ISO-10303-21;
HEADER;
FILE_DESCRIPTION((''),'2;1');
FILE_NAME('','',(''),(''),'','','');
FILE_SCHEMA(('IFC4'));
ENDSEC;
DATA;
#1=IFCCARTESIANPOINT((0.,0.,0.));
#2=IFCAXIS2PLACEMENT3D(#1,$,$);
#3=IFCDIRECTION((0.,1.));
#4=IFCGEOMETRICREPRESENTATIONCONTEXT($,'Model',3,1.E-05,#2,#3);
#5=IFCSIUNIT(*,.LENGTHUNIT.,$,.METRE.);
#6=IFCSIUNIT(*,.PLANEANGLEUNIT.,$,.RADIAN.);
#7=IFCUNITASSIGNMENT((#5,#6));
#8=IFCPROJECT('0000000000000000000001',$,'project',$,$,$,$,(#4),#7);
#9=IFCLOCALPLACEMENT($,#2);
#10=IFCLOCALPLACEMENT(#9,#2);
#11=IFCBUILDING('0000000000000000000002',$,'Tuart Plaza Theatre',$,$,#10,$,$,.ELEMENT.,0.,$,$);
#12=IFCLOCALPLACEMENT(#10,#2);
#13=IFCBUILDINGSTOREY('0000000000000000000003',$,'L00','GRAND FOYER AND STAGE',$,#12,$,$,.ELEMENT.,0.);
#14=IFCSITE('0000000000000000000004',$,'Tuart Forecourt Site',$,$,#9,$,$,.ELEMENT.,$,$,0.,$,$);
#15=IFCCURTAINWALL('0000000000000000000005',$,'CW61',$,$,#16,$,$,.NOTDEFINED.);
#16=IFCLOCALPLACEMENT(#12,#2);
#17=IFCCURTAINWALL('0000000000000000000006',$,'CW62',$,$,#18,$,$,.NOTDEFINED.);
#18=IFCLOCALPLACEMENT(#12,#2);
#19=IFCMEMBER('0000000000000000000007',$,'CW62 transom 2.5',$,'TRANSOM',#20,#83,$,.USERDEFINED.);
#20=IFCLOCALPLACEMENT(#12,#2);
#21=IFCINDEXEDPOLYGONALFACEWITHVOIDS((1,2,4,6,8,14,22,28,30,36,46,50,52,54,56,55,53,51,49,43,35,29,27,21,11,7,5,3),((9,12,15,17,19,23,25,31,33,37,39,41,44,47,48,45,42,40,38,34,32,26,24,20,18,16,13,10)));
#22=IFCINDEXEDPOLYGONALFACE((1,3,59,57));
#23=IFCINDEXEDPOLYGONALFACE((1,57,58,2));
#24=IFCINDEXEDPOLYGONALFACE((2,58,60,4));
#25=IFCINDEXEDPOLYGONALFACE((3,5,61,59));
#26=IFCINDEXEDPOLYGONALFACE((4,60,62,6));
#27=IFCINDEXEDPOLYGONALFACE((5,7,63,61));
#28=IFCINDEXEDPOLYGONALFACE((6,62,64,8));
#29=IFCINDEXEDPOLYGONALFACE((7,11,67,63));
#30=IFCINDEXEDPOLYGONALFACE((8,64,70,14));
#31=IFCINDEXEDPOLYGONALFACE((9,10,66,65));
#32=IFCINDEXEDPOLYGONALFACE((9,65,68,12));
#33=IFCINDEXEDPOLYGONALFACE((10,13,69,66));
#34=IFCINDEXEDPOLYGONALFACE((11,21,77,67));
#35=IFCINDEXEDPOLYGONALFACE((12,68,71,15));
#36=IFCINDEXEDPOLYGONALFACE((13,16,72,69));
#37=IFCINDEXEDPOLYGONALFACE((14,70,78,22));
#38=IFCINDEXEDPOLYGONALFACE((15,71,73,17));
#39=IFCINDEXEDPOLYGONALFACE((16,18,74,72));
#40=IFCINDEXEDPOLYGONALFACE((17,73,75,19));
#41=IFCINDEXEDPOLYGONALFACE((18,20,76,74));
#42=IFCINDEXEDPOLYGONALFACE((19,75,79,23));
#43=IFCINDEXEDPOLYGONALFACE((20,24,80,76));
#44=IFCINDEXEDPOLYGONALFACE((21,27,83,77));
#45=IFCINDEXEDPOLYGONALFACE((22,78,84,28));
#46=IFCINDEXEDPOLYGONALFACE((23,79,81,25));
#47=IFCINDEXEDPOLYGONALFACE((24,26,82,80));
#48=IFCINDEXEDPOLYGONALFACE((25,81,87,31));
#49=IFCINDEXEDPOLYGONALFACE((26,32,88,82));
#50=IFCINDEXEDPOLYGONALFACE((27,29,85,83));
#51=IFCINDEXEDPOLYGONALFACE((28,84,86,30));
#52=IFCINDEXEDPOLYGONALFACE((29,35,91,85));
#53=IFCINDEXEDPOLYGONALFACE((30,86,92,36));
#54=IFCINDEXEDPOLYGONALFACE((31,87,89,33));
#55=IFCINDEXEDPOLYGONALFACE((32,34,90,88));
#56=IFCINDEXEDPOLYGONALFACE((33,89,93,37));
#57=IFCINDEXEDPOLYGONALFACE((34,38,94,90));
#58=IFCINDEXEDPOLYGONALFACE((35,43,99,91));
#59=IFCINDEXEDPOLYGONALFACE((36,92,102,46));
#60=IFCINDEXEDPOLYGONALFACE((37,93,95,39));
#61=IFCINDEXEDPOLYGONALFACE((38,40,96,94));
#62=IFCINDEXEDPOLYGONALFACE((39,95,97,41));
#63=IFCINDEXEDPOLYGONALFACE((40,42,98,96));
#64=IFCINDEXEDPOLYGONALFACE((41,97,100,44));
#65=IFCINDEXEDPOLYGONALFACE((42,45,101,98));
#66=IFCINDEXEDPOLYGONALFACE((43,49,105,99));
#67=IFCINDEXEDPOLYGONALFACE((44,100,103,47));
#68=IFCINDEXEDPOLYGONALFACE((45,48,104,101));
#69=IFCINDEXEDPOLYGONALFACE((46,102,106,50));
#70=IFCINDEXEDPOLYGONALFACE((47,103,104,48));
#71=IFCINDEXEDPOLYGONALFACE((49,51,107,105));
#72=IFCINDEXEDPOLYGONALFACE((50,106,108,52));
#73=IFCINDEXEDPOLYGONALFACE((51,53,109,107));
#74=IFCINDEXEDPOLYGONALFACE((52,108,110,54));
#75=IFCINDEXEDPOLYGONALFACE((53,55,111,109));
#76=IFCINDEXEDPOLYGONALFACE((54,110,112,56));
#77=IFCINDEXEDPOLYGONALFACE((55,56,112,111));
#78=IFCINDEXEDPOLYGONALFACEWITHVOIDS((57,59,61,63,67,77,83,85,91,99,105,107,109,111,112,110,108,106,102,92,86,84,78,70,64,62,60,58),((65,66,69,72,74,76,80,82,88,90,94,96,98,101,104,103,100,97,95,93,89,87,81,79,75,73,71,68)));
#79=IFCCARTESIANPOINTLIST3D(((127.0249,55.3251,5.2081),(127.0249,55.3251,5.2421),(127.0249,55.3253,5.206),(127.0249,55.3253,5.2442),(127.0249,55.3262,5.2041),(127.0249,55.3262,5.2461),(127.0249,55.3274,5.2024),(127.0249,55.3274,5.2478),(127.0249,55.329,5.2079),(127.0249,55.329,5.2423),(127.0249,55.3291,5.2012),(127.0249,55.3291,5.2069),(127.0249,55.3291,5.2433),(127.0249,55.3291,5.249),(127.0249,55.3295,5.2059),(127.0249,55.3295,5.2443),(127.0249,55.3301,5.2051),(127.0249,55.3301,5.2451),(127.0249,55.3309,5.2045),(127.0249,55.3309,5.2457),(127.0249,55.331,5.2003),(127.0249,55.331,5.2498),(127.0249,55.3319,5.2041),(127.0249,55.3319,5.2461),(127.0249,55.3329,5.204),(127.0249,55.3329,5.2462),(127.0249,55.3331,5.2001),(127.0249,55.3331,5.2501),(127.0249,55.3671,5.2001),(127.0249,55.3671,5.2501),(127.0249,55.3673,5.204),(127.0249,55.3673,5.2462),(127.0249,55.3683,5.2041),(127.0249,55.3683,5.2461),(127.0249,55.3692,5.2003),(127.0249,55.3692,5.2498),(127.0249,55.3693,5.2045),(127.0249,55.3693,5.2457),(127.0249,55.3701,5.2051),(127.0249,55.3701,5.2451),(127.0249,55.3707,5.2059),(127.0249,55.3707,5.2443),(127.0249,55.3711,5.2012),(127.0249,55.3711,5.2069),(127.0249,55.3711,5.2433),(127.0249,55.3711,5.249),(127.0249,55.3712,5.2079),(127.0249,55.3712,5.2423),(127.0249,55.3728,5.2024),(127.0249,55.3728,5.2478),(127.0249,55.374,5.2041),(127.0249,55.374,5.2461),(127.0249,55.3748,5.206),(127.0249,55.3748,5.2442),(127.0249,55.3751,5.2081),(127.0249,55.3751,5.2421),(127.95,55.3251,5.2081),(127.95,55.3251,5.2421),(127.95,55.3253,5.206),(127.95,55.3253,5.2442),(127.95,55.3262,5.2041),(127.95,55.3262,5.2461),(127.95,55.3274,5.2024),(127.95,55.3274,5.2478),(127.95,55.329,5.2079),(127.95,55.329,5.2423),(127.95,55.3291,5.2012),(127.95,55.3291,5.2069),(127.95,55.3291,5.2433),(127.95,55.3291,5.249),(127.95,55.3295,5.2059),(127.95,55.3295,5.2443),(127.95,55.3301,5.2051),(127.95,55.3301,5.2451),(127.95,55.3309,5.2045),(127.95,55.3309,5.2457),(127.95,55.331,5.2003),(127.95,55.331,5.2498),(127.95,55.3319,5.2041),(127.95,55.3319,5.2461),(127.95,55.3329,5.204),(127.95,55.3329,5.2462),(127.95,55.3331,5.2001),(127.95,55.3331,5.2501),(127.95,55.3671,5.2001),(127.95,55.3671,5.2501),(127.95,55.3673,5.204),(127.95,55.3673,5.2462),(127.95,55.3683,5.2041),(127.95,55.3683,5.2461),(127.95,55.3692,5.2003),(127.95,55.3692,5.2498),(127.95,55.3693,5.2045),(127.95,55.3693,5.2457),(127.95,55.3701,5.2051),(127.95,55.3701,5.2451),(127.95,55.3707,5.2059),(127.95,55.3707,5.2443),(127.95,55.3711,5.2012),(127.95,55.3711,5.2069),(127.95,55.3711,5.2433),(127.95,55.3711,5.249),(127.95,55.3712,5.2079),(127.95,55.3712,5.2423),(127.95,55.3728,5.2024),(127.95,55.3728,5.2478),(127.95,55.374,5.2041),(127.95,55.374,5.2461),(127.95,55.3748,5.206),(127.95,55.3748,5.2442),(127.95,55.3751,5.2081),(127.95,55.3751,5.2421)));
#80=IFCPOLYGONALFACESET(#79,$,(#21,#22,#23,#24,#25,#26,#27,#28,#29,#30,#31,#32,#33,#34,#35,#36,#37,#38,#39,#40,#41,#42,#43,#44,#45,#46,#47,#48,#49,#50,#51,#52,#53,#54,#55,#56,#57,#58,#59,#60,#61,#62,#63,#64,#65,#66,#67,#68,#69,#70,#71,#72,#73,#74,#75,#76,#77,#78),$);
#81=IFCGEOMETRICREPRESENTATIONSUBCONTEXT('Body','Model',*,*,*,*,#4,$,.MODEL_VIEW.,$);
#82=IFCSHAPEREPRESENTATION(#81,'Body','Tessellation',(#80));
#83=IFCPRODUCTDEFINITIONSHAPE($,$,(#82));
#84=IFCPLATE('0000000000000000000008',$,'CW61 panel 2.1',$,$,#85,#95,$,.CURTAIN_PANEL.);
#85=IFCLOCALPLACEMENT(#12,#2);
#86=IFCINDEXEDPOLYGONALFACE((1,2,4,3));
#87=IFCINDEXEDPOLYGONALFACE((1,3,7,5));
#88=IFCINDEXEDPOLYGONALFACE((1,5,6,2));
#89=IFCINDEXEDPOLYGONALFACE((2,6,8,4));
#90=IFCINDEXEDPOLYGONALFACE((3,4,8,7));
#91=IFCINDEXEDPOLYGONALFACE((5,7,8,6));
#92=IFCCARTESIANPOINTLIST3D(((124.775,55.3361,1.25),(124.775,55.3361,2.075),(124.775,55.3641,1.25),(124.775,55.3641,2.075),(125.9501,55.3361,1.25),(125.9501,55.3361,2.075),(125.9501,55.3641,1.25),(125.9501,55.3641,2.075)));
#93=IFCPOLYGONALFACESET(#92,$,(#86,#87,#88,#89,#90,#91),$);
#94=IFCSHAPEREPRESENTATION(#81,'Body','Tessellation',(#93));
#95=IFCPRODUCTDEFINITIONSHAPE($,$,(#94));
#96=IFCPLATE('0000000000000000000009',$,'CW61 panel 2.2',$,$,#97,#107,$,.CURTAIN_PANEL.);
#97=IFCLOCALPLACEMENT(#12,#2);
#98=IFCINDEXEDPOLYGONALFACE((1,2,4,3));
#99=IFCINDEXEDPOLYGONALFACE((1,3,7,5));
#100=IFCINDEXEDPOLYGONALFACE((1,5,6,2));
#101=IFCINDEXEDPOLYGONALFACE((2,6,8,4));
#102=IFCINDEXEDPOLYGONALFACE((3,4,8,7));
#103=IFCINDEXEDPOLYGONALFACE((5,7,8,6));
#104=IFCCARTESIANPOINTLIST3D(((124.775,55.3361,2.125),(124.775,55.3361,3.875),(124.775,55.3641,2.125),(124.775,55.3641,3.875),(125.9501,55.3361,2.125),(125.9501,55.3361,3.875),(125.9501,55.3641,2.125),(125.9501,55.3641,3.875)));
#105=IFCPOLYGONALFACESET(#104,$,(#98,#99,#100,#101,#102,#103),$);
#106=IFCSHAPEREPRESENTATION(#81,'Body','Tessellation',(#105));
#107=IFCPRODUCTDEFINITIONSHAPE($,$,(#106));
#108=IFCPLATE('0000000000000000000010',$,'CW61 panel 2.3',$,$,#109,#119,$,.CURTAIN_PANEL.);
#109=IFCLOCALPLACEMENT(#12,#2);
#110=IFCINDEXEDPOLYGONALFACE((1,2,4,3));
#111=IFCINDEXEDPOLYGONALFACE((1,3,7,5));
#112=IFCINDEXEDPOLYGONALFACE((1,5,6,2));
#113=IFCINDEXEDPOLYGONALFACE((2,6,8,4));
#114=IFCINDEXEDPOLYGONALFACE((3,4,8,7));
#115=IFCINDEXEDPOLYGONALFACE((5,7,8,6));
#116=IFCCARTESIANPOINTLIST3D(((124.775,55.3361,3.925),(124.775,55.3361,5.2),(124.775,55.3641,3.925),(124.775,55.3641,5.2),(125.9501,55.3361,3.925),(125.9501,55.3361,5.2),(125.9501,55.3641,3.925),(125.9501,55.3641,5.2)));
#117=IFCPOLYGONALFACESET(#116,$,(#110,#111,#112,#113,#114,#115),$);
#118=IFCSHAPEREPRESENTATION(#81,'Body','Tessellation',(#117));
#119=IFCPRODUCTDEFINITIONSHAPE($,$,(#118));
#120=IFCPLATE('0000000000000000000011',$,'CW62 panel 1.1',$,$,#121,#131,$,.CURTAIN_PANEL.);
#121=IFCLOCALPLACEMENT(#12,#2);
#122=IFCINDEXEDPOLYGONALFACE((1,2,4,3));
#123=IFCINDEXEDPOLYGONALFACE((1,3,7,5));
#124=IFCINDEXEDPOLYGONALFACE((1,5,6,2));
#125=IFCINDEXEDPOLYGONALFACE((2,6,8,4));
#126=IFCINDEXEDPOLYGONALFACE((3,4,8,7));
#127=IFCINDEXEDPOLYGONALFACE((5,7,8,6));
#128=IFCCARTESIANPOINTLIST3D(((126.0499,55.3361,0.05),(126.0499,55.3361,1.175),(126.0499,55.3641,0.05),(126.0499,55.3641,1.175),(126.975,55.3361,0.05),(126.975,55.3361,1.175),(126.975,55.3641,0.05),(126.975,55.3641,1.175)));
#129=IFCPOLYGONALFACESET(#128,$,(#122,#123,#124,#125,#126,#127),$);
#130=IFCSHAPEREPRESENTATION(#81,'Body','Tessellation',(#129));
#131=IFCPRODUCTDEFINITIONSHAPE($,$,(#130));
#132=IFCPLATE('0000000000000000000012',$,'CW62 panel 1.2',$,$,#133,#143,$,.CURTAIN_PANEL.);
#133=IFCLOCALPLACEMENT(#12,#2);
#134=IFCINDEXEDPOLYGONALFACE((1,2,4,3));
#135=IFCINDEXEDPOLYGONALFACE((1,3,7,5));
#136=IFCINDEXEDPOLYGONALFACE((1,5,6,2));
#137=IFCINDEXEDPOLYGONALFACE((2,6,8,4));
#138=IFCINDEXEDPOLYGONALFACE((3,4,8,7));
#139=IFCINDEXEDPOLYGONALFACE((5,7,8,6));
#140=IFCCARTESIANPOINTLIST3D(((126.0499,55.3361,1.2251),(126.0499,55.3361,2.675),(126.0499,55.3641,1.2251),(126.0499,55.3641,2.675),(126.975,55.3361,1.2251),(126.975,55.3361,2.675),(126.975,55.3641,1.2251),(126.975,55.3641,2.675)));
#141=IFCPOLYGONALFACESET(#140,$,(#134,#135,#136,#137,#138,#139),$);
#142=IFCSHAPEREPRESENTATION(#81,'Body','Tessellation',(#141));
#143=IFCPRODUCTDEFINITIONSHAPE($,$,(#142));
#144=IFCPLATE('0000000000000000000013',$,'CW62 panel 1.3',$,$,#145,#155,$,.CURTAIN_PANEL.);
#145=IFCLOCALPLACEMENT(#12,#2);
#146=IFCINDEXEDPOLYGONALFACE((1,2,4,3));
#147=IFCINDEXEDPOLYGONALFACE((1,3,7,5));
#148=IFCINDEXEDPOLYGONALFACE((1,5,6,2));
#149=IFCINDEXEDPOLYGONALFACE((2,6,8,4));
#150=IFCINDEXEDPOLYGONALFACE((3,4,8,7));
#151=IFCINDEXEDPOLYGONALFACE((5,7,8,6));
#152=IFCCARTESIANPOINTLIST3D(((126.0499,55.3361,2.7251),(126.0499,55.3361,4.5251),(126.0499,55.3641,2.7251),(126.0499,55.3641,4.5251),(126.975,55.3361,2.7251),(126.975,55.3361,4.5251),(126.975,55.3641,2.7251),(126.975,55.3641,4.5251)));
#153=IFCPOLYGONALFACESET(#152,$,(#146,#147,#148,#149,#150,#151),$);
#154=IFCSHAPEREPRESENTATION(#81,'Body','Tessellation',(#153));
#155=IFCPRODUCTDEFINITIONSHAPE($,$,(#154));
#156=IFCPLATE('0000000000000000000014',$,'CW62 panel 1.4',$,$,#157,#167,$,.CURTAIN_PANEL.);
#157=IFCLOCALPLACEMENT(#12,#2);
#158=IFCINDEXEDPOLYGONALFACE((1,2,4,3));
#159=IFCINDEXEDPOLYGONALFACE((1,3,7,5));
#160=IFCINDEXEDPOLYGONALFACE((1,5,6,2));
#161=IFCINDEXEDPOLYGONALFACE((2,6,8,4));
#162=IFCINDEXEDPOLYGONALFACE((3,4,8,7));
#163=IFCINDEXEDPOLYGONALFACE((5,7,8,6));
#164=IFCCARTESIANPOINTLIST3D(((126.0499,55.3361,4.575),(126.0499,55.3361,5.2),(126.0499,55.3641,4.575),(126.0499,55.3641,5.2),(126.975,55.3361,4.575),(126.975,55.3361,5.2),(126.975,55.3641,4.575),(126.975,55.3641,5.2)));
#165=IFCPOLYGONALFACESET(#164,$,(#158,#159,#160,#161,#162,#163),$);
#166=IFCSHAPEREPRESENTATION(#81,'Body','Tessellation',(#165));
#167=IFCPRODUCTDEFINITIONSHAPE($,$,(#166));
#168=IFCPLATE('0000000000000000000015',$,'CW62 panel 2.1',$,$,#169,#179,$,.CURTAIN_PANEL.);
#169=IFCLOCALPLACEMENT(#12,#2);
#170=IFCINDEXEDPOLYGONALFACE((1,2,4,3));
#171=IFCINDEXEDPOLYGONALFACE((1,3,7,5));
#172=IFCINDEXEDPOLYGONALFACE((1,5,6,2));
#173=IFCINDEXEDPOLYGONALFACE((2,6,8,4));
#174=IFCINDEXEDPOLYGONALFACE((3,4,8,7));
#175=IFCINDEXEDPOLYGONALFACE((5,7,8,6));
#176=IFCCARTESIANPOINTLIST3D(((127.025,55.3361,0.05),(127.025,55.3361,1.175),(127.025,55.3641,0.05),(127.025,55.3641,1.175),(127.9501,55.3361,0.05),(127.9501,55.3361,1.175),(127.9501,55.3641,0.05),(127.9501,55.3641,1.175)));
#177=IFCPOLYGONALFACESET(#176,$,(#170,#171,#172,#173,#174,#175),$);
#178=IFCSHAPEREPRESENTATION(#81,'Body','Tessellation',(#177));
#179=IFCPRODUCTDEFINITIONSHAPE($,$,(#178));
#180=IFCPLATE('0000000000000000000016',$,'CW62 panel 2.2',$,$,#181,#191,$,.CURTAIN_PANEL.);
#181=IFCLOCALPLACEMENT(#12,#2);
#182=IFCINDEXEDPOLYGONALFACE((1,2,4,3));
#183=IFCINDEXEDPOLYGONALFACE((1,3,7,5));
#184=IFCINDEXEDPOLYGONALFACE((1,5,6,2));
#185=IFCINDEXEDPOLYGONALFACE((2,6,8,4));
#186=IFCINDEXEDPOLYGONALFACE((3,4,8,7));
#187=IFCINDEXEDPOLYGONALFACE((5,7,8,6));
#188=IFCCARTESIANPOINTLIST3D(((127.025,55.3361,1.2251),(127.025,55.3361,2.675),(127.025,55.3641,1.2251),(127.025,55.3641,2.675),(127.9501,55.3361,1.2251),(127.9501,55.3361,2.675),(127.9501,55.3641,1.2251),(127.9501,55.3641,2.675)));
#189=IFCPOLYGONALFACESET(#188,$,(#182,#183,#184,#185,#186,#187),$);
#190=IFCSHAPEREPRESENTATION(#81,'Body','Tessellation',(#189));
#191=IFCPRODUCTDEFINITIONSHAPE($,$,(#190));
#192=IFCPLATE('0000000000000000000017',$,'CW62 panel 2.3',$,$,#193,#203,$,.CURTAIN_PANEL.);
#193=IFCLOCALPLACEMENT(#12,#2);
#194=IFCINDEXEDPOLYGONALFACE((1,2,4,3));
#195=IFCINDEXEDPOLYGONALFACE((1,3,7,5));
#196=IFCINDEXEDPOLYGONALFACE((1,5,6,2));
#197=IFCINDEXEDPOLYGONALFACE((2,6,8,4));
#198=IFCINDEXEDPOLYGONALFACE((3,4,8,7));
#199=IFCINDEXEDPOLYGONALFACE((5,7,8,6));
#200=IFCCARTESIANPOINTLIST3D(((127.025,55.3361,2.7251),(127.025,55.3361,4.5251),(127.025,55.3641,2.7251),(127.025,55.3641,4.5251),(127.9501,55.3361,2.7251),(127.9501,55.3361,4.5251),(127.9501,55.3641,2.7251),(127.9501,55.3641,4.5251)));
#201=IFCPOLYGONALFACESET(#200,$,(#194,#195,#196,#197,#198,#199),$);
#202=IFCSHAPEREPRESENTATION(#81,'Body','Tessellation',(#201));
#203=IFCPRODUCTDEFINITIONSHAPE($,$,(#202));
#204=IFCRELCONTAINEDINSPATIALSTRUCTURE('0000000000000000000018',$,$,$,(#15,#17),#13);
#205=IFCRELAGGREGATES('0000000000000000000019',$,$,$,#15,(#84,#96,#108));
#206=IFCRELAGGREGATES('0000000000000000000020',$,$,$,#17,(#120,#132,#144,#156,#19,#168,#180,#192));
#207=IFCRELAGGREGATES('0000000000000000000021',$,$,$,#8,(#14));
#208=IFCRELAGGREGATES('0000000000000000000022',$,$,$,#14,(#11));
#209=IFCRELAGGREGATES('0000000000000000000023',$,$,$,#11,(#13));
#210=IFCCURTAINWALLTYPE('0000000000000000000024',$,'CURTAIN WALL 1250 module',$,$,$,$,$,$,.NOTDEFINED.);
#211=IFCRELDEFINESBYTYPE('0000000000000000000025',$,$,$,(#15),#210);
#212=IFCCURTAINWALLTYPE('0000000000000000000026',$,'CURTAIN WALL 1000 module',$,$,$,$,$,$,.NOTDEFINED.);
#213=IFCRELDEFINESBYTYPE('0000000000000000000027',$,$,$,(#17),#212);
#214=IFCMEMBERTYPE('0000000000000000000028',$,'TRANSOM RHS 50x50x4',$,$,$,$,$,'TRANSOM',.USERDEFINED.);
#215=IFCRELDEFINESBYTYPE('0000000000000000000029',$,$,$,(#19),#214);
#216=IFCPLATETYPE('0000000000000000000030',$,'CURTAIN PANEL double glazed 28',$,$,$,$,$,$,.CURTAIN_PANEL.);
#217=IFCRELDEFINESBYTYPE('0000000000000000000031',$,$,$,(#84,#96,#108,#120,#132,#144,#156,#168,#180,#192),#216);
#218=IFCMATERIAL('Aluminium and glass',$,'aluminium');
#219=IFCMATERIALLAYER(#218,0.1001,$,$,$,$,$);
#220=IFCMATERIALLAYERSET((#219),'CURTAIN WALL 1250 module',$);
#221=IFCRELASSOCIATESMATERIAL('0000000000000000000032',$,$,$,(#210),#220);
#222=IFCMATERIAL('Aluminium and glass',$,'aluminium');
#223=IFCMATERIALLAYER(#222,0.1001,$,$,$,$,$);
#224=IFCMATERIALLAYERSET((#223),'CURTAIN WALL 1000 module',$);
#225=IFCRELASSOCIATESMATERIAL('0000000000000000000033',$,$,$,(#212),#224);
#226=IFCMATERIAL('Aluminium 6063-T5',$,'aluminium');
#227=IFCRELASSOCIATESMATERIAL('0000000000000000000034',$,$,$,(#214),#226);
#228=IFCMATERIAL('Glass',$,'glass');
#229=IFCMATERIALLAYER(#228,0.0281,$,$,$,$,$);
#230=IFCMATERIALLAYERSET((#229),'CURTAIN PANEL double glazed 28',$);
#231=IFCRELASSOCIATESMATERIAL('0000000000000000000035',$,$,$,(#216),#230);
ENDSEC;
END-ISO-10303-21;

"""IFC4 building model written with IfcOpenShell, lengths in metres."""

from ifc_helpers import new_model, si_unit, direction, frame, origin, origin_2d, place, context, subcontext, project, spatial, rectangle, hollow_rectangle, extrude, material, layer, layer_set, material_profile, profile_set, type_object, element, aggregate, save


model = new_model("IFC4")

# Units and contexts
model_context = context("Model", 3, precision=1e-05, world=origin(), true_north=direction((0.0, 1.0)))
body_context = subcontext(model_context, "Body", "Model", "MODEL_VIEW")
ifc_project = project(units=[si_unit("LENGTHUNIT", "METRE"), si_unit("PLANEANGLEUNIT", "RADIAN")], contexts=[model_context])

# Site, building, storey
site_placement = place(None, origin())
site = spatial("IfcSite", under=ifc_project, at=site_placement, Name="Tuart Forecourt Site", CompositionType="ELEMENT", RefElevation=0.0)
building_placement = place(site_placement, origin())
building = spatial("IfcBuilding", under=site, at=building_placement, Name="Tuart Plaza Theatre", CompositionType="ELEMENT", ElevationOfRefHeight=0.0)
storey_placement = place(building_placement, origin())
storey = spatial("IfcBuildingStorey", under=building, at=storey_placement, Name="L00", Description="GRAND FOYER AND STAGE", CompositionType="ELEMENT", Elevation=0.0)

# Curtain walls
ifc_material_1 = material(Name="Aluminium and glass", Category="aluminium")
ifc_layer_1 = layer(ifc_material_1, 0.1001)
ifc_layer_set_1 = layer_set([ifc_layer_1], Name="CURTAIN WALL 1250 module")
curtain_wall_type_1 = type_object("IfcCurtainWallType", Name="CURTAIN WALL 1250 module", PredefinedType="NOTDEFINED", material=ifc_layer_set_1)
curtain_wall_1_placement = place(storey_placement, origin())
curtain_wall_1 = element("IfcCurtainWall", 1, at=curtain_wall_1_placement, inside=storey, type_object=curtain_wall_type_1, Name="CW61", PredefinedType="NOTDEFINED")
ifc_material_2 = material(Name="Aluminium and glass", Category="aluminium")
ifc_layer_2 = layer(ifc_material_2, 0.1001)
ifc_layer_set_2 = layer_set([ifc_layer_2], Name="CURTAIN WALL 1000 module")
curtain_wall_type_2 = type_object("IfcCurtainWallType", Name="CURTAIN WALL 1000 module", PredefinedType="NOTDEFINED", material=ifc_layer_set_2)
curtain_wall_2_placement = place(storey_placement, origin())
curtain_wall_2 = element("IfcCurtainWall", 2, at=curtain_wall_2_placement, inside=storey, type_object=curtain_wall_type_2, Name="CW62", PredefinedType="NOTDEFINED")

# Member
ifc_material_3 = material(Name="Aluminium 6063-T5", Category="aluminium")
ifc_material_profile_1 = material_profile(ifc_material_3, hollow_rectangle(XDim=0.05, YDim=0.05, WallThickness=0.0039, InnerFilletRadius=0.0039, OuterFilletRadius=0.0081, at=origin_2d()), Name="RHS 50x50x4")
ifc_profile_set_1 = profile_set([ifc_material_profile_1], Name="Aluminium 6063-T5")
member_type_1 = type_object("IfcMemberType", Name="TRANSOM RHS 50x50x4", ElementType="TRANSOM", PredefinedType="USERDEFINED", material=ifc_profile_set_1)
member_1_placement = place(storey_placement, frame((127.0249, 55.3501, 5.2251), z_axis=(1.0, 0.0, 0.0), x_axis=(0.0, 1.0, 0.0)))
member_1 = element("IfcMember", 3, at=member_1_placement, type_object=member_type_1, Name="CW62 transom 2.5", ObjectType="TRANSOM", PredefinedType="USERDEFINED", context=body_context, shape_type="SweptSolid", body=[
    extrude(hollow_rectangle(XDim=0.05, YDim=0.05, WallThickness=0.0039, InnerFilletRadius=0.0039, OuterFilletRadius=0.0081, at=origin_2d()), origin(), (0.0, 0.0, 1.0), 0.925),
])

# Plates
ifc_material_4 = material(Name="Glass", Category="glass")
ifc_layer_3 = layer(ifc_material_4, 0.0281)
ifc_layer_set_3 = layer_set([ifc_layer_3], Name="CURTAIN PANEL double glazed 28")
plate_type = type_object("IfcPlateType", Name="CURTAIN PANEL double glazed 28", PredefinedType="CURTAIN_PANEL", material=ifc_layer_set_3)
plate_1_placement = place(storey_placement, frame((125.3625, 55.3501, 1.25), z_axis=(0.0, 0.0, 1.0), x_axis=(1.0, 0.0, 0.0)))
plate_1 = element("IfcPlate", 4, at=plate_1_placement, type_object=plate_type, Name="CW61 panel 2.1", PredefinedType="CURTAIN_PANEL", context=body_context, shape_type="SweptSolid", body=[
    extrude(rectangle(XDim=1.175, YDim=0.0281, at=origin_2d()), origin(), (0.0, 0.0, 1.0), 0.825),
])
plate_2_placement = place(storey_placement, frame((125.3625, 55.3501, 2.125), z_axis=(0.0, 0.0, 1.0), x_axis=(1.0, 0.0, 0.0)))
plate_2 = element("IfcPlate", 5, at=plate_2_placement, type_object=plate_type, Name="CW61 panel 2.2", PredefinedType="CURTAIN_PANEL", context=body_context, shape_type="SweptSolid", body=[
    extrude(rectangle(XDim=1.175, YDim=0.0281, at=origin_2d()), origin(), (0.0, 0.0, 1.0), 1.75),
])
plate_3_placement = place(storey_placement, frame((125.3625, 55.3501, 3.925), z_axis=(0.0, 0.0, 1.0), x_axis=(1.0, 0.0, 0.0)))
plate_3 = element("IfcPlate", 6, at=plate_3_placement, type_object=plate_type, Name="CW61 panel 2.3", PredefinedType="CURTAIN_PANEL", context=body_context, shape_type="SweptSolid", body=[
    extrude(rectangle(XDim=1.175, YDim=0.0281, at=origin_2d()), origin(), (0.0, 0.0, 1.0), 1.2749),
])
aggregate(curtain_wall_1, [plate_1, plate_2, plate_3])
plate_4_placement = place(storey_placement, frame((126.5125, 55.3501, 0.05), z_axis=(0.0, 0.0, 1.0), x_axis=(1.0, 0.0, 0.0)))
plate_4 = element("IfcPlate", 7, at=plate_4_placement, type_object=plate_type, Name="CW62 panel 1.1", PredefinedType="CURTAIN_PANEL", context=body_context, shape_type="SweptSolid", body=[
    extrude(rectangle(XDim=0.925, YDim=0.0281, at=origin_2d()), origin(), (0.0, 0.0, 1.0), 1.125),
])
plate_5_placement = place(storey_placement, frame((126.5125, 55.3501, 1.2251), z_axis=(0.0, 0.0, 1.0), x_axis=(1.0, 0.0, 0.0)))
plate_5 = element("IfcPlate", 8, at=plate_5_placement, type_object=plate_type, Name="CW62 panel 1.2", PredefinedType="CURTAIN_PANEL", context=body_context, shape_type="SweptSolid", body=[
    extrude(rectangle(XDim=0.925, YDim=0.0281, at=origin_2d()), origin(), (0.0, 0.0, 1.0), 1.45),
])
plate_6_placement = place(storey_placement, frame((126.5125, 55.3501, 2.7251), z_axis=(0.0, 0.0, 1.0), x_axis=(1.0, 0.0, 0.0)))
plate_6 = element("IfcPlate", 9, at=plate_6_placement, type_object=plate_type, Name="CW62 panel 1.3", PredefinedType="CURTAIN_PANEL", context=body_context, shape_type="SweptSolid", body=[
    extrude(rectangle(XDim=0.925, YDim=0.0281, at=origin_2d()), origin(), (0.0, 0.0, 1.0), 1.8),
])
plate_7_placement = place(storey_placement, frame((126.5125, 55.3501, 4.575), z_axis=(0.0, 0.0, 1.0), x_axis=(1.0, 0.0, 0.0)))
plate_7 = element("IfcPlate", 10, at=plate_7_placement, type_object=plate_type, Name="CW62 panel 1.4", PredefinedType="CURTAIN_PANEL", context=body_context, shape_type="SweptSolid", body=[
    extrude(rectangle(XDim=0.925, YDim=0.0281, at=origin_2d()), origin(), (0.0, 0.0, 1.0), 0.625),
])
plate_8_placement = place(storey_placement, frame((127.4875, 55.3501, 0.05), z_axis=(0.0, 0.0, 1.0), x_axis=(1.0, 0.0, 0.0)))
plate_8 = element("IfcPlate", 11, at=plate_8_placement, type_object=plate_type, Name="CW62 panel 2.1", PredefinedType="CURTAIN_PANEL", context=body_context, shape_type="SweptSolid", body=[
    extrude(rectangle(XDim=0.925, YDim=0.0281, at=origin_2d()), origin(), (0.0, 0.0, 1.0), 1.125),
])
plate_9_placement = place(storey_placement, frame((127.4875, 55.3501, 1.2251), z_axis=(0.0, 0.0, 1.0), x_axis=(1.0, 0.0, 0.0)))
plate_9 = element("IfcPlate", 12, at=plate_9_placement, type_object=plate_type, Name="CW62 panel 2.2", PredefinedType="CURTAIN_PANEL", context=body_context, shape_type="SweptSolid", body=[
    extrude(rectangle(XDim=0.925, YDim=0.0281, at=origin_2d()), origin(), (0.0, 0.0, 1.0), 1.45),
])
plate_10_placement = place(storey_placement, frame((127.4875, 55.3501, 2.7251), z_axis=(0.0, 0.0, 1.0), x_axis=(1.0, 0.0, 0.0)))
plate_10 = element("IfcPlate", 13, at=plate_10_placement, type_object=plate_type, Name="CW62 panel 2.3", PredefinedType="CURTAIN_PANEL", context=body_context, shape_type="SweptSolid", body=[
    extrude(rectangle(XDim=0.925, YDim=0.0281, at=origin_2d()), origin(), (0.0, 0.0, 1.0), 1.8),
])
aggregate(curtain_wall_2, [plate_4, plate_5, plate_6, plate_7, member_1, plate_8, plate_9, plate_10])

save(model, "model.ifc")
